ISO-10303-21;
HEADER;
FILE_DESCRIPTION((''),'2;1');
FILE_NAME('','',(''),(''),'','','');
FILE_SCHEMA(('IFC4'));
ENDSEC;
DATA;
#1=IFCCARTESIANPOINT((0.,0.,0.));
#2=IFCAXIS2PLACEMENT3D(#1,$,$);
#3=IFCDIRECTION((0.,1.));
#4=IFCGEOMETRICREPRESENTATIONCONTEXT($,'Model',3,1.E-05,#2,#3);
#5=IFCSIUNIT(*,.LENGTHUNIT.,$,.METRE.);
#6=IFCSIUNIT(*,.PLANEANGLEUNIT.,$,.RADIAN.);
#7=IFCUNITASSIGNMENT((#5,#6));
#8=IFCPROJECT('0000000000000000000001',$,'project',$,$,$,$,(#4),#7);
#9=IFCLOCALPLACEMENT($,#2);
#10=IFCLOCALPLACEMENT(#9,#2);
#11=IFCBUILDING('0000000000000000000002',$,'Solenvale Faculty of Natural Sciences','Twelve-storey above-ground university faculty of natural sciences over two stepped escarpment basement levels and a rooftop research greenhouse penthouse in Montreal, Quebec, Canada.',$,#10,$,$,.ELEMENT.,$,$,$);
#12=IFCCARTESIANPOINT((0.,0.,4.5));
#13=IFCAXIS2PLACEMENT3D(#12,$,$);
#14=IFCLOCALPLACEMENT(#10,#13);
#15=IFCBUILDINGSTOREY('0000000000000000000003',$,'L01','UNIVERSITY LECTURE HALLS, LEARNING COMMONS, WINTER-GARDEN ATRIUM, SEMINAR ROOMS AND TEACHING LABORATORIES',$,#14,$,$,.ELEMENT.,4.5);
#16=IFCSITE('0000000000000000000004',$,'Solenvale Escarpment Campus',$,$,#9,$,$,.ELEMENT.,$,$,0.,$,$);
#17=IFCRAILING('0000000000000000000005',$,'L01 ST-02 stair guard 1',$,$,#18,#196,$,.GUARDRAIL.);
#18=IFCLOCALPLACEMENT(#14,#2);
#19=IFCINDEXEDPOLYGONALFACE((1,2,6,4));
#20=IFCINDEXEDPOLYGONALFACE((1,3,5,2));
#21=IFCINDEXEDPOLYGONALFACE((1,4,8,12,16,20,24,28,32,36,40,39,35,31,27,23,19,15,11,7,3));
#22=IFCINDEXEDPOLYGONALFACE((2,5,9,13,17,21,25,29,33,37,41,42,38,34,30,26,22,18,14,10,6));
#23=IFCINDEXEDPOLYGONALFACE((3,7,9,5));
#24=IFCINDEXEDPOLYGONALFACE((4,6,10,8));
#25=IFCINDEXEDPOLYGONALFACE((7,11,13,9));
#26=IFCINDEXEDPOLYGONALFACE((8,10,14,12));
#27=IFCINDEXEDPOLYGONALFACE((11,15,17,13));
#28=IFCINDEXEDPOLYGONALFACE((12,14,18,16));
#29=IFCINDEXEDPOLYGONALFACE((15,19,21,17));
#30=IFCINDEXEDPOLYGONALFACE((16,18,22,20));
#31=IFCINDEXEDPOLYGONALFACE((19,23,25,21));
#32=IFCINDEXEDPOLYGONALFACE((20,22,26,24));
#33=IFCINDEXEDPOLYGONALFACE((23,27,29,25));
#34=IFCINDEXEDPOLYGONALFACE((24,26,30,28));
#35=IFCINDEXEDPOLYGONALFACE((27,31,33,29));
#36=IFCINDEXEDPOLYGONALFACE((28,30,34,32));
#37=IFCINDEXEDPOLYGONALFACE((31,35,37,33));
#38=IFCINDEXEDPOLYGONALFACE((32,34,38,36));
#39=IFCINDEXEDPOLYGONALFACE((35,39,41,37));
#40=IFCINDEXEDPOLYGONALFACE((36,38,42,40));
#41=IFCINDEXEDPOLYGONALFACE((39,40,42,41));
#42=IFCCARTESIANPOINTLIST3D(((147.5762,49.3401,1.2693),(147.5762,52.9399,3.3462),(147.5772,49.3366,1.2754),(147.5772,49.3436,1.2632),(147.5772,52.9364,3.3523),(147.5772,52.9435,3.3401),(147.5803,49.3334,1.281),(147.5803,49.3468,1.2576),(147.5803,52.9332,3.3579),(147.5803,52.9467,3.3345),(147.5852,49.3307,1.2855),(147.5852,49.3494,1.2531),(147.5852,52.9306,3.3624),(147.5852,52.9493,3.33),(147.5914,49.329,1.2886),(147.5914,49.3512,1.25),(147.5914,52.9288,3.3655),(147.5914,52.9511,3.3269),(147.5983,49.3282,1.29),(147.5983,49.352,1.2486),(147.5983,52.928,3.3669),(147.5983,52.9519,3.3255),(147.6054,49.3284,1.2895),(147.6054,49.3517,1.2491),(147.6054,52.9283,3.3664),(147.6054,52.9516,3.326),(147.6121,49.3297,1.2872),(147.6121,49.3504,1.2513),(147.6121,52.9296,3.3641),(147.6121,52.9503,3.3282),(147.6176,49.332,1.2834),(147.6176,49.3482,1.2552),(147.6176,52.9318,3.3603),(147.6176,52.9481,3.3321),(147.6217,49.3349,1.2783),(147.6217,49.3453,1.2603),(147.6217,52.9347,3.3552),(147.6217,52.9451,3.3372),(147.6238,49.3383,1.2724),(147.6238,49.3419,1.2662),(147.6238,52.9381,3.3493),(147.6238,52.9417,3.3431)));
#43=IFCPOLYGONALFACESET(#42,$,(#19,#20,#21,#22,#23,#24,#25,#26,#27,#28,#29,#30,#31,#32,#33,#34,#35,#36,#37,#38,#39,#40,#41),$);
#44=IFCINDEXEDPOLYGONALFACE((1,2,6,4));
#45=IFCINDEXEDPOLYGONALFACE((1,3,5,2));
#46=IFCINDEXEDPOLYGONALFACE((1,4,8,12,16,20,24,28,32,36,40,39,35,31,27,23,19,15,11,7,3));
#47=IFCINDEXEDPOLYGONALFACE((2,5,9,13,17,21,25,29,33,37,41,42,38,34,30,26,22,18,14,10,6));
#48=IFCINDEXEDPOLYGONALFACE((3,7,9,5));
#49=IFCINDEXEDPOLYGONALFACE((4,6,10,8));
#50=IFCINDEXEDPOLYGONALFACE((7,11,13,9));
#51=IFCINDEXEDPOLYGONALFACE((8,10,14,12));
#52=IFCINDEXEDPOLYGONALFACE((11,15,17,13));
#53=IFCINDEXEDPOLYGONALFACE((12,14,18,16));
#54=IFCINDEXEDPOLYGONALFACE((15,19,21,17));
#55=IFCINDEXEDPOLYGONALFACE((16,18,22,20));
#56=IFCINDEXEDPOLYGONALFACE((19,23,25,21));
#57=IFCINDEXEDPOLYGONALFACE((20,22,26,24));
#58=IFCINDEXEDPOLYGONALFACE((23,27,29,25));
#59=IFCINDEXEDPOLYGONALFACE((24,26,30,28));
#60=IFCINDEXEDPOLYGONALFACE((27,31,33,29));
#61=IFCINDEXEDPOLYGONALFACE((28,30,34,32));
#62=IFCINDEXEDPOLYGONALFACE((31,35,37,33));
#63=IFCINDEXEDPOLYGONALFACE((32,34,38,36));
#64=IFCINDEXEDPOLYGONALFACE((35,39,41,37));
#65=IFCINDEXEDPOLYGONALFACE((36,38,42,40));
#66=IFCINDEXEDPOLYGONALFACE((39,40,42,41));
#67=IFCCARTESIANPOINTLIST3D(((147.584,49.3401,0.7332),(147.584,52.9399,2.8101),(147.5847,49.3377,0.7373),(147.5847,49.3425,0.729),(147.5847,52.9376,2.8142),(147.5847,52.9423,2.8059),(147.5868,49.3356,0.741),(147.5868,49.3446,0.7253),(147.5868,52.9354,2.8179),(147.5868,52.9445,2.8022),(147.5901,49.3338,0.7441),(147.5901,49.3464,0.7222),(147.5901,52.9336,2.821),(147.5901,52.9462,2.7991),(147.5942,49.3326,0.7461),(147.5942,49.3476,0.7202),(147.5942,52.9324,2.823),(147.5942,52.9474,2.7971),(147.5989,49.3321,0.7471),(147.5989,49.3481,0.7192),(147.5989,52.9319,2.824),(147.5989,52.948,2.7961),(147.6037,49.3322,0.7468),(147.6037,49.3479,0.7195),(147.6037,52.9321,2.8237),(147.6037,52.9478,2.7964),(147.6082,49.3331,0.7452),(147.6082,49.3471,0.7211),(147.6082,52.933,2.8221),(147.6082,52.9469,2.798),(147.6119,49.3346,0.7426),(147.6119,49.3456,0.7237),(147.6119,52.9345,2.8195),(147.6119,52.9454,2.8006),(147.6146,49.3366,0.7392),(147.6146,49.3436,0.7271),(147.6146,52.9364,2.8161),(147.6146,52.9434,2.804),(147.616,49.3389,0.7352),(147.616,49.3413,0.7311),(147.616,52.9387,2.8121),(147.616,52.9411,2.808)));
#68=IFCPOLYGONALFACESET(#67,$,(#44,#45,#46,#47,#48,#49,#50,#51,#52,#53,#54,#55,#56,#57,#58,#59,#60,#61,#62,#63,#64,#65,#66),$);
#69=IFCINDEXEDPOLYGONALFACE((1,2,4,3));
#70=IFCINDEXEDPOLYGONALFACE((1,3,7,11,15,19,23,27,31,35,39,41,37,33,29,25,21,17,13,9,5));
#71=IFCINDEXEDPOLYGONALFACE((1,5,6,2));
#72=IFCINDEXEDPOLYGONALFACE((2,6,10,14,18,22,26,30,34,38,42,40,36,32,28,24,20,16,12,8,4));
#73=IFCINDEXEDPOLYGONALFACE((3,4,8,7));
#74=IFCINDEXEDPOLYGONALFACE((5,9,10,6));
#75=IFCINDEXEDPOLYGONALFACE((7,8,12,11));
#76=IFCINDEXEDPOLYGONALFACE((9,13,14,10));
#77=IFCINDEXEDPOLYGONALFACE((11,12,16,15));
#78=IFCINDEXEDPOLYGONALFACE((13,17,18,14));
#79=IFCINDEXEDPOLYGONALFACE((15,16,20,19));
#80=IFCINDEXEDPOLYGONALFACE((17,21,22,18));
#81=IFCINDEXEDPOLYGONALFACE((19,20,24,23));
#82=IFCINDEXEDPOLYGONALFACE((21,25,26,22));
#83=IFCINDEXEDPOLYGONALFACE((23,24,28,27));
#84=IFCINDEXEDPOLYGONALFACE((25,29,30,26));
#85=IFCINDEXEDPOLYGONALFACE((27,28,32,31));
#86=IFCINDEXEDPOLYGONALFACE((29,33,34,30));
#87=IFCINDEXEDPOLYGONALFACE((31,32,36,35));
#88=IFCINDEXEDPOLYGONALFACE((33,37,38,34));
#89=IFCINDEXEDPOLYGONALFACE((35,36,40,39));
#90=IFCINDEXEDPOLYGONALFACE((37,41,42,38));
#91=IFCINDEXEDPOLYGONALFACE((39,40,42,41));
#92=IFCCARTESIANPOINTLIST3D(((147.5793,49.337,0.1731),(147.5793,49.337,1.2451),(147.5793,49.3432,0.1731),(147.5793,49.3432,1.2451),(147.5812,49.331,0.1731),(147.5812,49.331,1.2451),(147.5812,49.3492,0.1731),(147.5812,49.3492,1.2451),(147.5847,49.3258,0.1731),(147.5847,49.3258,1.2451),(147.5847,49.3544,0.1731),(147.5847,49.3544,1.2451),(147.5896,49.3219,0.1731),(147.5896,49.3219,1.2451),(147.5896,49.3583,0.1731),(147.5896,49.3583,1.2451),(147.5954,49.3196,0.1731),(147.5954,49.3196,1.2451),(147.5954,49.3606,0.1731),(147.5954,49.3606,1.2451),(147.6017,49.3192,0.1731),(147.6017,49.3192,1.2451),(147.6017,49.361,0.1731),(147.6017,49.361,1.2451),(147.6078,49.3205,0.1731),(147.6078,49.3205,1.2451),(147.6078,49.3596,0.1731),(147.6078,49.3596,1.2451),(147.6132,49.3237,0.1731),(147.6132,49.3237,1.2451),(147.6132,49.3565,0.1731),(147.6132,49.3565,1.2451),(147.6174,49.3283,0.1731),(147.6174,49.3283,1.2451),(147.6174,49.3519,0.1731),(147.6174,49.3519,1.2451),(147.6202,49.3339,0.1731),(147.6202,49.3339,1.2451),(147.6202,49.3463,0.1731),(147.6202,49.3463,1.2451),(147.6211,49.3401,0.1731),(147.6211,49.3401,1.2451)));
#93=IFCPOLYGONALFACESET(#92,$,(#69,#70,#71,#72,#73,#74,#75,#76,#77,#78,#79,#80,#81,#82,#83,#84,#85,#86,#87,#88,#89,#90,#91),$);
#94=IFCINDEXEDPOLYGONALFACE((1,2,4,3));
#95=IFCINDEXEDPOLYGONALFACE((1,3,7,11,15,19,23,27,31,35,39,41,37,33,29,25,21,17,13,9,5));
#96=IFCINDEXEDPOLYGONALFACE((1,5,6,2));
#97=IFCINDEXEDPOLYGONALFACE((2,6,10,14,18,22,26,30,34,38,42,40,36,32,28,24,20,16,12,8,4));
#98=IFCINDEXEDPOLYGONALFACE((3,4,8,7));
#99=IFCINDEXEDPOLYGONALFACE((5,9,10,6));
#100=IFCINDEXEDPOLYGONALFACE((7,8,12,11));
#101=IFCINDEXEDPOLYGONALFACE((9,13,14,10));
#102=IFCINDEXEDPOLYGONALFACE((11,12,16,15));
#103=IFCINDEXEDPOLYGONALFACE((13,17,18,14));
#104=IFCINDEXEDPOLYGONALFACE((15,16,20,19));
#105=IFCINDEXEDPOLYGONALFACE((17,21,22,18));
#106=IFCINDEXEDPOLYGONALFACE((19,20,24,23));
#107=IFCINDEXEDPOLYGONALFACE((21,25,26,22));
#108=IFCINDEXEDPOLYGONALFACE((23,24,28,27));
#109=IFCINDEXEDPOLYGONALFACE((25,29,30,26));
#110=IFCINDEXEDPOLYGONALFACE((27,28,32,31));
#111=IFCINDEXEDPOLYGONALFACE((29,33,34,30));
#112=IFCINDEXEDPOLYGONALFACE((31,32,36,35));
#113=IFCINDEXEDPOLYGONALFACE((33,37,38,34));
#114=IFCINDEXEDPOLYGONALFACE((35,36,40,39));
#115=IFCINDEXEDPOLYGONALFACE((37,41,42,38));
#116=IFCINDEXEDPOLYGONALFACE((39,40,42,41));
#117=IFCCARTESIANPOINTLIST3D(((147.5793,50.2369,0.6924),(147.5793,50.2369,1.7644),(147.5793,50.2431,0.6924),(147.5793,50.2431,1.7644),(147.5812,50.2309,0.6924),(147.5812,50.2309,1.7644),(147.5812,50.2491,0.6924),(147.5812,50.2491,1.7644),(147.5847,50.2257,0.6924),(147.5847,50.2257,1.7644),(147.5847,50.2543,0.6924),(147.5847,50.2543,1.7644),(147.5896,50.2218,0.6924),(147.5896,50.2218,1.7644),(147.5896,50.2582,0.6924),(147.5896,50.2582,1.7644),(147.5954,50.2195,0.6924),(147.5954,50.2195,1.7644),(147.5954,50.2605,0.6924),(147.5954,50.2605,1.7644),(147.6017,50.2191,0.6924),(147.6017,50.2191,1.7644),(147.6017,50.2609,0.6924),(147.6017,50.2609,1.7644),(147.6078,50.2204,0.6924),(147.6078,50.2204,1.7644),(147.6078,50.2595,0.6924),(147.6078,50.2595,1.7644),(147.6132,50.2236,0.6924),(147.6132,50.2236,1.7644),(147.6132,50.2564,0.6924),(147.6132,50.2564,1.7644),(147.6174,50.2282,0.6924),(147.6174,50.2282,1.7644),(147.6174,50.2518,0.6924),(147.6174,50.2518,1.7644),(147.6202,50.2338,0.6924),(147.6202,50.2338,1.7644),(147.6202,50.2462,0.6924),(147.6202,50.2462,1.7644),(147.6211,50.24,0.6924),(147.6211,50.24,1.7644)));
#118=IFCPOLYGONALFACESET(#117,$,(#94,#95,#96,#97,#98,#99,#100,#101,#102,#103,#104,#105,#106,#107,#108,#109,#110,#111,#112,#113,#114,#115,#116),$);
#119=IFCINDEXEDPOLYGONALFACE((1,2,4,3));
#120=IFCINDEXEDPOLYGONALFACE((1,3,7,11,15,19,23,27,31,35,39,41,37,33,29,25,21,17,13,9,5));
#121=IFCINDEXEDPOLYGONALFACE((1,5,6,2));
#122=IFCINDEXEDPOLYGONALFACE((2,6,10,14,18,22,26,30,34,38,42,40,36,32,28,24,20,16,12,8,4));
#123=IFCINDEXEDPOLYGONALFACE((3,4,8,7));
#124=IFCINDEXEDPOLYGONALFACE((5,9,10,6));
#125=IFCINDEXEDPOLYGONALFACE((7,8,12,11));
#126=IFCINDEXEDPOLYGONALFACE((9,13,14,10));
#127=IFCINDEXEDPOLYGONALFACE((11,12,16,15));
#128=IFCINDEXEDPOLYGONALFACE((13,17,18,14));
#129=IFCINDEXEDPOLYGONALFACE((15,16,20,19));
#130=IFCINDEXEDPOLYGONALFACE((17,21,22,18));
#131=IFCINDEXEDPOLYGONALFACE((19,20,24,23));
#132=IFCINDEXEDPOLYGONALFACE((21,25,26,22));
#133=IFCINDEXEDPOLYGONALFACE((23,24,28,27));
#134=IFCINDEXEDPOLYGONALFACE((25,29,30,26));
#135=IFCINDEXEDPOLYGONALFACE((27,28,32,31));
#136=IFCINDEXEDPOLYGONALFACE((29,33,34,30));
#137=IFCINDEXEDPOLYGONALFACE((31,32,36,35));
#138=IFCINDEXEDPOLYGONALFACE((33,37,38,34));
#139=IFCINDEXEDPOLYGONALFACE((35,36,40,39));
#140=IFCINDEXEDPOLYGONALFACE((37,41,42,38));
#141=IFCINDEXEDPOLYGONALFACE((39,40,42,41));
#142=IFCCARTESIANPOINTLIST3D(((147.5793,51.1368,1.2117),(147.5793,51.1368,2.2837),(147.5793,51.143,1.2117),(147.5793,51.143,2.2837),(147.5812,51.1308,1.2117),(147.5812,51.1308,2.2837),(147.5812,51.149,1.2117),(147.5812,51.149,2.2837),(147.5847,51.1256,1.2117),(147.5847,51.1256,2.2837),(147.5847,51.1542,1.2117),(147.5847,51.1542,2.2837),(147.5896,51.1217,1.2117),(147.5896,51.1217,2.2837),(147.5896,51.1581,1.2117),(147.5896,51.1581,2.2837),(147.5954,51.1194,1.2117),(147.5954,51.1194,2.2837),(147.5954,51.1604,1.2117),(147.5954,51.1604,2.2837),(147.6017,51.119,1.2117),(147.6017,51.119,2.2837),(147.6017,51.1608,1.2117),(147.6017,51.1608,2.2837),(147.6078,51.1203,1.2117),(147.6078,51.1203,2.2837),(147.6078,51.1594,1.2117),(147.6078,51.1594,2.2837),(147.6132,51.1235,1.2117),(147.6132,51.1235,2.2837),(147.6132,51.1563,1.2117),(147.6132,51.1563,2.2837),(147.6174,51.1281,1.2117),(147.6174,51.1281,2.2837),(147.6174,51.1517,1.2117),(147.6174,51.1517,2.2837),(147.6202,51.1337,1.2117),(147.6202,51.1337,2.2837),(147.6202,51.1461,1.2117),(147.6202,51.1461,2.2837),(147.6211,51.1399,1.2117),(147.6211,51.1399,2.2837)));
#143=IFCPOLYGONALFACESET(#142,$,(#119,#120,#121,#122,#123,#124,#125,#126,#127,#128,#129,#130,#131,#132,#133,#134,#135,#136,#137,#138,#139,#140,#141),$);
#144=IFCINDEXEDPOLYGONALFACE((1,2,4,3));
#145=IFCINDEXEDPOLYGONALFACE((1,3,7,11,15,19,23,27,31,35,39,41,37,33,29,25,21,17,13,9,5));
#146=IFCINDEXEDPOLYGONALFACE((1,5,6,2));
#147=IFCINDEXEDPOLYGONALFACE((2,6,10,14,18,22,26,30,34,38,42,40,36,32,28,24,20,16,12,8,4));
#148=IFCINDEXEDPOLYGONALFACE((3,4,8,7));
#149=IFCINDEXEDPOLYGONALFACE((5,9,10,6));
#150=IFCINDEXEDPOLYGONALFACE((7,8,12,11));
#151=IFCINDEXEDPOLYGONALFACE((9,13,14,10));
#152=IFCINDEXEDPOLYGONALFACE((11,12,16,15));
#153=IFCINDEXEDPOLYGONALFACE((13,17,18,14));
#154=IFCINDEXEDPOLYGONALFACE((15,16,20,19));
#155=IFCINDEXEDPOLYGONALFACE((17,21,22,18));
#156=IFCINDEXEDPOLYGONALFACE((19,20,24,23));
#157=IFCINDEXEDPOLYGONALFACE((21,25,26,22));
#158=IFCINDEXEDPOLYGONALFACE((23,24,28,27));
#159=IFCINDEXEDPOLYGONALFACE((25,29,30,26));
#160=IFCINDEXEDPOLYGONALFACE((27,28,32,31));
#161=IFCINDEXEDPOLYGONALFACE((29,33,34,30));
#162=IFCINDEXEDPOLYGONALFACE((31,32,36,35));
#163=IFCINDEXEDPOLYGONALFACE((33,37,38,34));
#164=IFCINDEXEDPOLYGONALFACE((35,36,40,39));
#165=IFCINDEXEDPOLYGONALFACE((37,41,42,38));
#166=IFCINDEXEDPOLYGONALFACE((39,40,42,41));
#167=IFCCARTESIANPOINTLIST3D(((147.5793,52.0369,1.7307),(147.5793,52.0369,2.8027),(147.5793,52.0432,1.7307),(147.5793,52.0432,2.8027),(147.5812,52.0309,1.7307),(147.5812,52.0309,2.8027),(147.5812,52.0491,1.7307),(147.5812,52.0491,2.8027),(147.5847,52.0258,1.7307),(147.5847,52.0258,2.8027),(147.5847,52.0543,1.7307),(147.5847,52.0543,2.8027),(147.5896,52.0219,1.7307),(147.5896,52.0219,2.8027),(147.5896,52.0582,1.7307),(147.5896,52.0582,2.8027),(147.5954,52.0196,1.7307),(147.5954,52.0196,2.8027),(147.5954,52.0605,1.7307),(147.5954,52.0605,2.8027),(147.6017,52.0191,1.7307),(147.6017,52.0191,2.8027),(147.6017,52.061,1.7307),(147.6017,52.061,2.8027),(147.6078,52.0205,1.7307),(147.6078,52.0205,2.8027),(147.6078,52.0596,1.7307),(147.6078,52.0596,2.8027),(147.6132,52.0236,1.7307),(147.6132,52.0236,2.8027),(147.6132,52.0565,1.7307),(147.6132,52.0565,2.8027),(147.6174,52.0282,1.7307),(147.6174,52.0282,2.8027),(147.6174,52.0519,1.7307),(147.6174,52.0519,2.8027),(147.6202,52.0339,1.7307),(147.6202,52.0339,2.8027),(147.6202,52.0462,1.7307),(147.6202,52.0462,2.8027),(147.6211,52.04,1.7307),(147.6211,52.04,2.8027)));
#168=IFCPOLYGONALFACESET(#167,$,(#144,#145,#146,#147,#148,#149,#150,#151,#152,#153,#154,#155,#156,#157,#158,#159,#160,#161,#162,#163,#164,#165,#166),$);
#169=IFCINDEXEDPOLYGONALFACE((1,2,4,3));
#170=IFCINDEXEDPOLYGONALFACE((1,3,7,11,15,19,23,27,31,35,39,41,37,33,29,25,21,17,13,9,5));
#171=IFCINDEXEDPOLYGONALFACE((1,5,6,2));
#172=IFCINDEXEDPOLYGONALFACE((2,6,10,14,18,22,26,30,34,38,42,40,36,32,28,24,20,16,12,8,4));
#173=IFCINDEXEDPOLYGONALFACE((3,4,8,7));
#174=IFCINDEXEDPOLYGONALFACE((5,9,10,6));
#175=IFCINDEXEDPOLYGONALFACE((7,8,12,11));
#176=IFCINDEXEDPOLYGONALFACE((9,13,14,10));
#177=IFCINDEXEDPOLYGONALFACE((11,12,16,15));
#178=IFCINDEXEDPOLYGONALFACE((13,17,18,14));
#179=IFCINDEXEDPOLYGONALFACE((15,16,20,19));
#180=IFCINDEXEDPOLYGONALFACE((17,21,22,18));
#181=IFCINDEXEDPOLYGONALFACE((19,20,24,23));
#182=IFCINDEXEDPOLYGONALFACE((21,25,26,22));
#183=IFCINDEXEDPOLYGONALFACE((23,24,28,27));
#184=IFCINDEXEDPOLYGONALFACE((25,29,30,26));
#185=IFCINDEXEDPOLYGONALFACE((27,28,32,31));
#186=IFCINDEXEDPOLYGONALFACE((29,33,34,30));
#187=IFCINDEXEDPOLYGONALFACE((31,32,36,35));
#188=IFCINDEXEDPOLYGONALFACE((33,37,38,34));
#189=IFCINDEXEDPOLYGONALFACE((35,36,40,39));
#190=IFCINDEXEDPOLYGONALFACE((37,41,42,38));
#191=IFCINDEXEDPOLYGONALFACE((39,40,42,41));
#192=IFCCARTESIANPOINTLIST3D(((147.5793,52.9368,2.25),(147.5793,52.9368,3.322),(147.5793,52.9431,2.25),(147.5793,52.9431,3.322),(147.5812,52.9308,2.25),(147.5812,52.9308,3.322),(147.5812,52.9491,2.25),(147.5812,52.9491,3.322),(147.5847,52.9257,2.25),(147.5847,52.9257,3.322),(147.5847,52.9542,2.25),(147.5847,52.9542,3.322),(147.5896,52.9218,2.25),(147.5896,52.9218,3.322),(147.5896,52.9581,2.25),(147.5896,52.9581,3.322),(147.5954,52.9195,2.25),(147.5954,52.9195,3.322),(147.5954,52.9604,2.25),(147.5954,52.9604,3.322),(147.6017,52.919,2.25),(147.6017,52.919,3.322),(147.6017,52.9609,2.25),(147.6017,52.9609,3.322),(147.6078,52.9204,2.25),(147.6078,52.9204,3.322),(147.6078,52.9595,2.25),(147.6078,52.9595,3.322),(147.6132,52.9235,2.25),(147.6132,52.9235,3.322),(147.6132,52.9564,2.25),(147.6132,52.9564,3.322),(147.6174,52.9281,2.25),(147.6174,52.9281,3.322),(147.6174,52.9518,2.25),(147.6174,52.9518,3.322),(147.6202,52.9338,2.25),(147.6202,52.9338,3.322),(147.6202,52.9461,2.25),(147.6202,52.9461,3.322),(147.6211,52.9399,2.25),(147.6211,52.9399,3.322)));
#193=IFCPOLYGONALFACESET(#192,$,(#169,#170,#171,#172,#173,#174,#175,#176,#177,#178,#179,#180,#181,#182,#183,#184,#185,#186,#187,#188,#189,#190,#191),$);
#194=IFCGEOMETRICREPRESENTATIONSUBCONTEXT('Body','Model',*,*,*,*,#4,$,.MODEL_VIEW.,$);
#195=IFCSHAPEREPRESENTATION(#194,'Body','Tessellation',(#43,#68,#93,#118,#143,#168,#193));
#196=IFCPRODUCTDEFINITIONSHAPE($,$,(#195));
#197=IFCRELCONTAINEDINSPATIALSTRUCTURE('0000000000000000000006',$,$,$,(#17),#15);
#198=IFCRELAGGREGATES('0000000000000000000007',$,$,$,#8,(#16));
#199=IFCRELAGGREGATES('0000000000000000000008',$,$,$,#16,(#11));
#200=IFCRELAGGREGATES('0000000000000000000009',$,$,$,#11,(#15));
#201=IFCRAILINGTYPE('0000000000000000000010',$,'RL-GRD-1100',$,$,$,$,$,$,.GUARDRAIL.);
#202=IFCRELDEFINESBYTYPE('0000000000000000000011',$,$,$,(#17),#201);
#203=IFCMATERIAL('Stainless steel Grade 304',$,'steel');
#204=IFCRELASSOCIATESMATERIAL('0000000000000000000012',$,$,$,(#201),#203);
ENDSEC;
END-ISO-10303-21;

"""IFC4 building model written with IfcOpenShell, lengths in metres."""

from ifc_helpers import new_model, si_unit, direction, frame, origin, origin_2d, place, context, subcontext, project, spatial, circle, extrude, material, type_object, element, save


model = new_model("IFC4")

# Units and contexts
model_context = context("Model", 3, precision=1e-05, world=origin(), true_north=direction((0.0, 1.0)))
body_context = subcontext(model_context, "Body", "Model", "MODEL_VIEW")
ifc_project = project(units=[si_unit("LENGTHUNIT", "METRE"), si_unit("PLANEANGLEUNIT", "RADIAN")], contexts=[model_context])

# Site, building, storey
site_placement = place(None, origin())
site = spatial("IfcSite", under=ifc_project, at=site_placement, Name="Solenvale Escarpment Campus", CompositionType="ELEMENT", RefElevation=0.0)
building_placement = place(site_placement, origin())
building = spatial("IfcBuilding", under=site, at=building_placement, Name="Solenvale Faculty of Natural Sciences", Description="Twelve-storey above-ground university faculty of natural sciences over two stepped escarpment basement levels and a rooftop research greenhouse penthouse in Montreal, Quebec, Canada.", CompositionType="ELEMENT")
storey_placement = place(building_placement, frame((0.0, 0.0, 4.5)))
storey = spatial("IfcBuildingStorey", under=building, at=storey_placement, Name="L01", Description="UNIVERSITY LECTURE HALLS, LEARNING COMMONS, WINTER-GARDEN ATRIUM, SEMINAR ROOMS AND TEACHING LABORATORIES", CompositionType="ELEMENT", Elevation=4.5)

# Railing
ifc_material_1 = material(Name="Stainless steel Grade 304", Category="steel")
railing_type_1 = type_object("IfcRailingType", Name="RL-GRD-1100", PredefinedType="GUARDRAIL", material=ifc_material_1)
railing_1_placement = place(storey_placement, frame((147.6001, 49.3401, 0.1731)))
element("IfcRailing", 1, at=railing_1_placement, inside=storey, type_object=railing_type_1, Name="L01 ST-02 stair guard 1", PredefinedType="GUARDRAIL", context=body_context, shape_type="SweptSolid", body=[
    extrude(circle(Radius=0.0239, at=origin_2d()), frame((0.0, 0.0, 1.0962), z_axis=(0.0, 0.866179, 0.499734), x_axis=(-1.0, 0.0, 0.0)), (0.0, 0.0, 1.0), 4.156),
    extrude(circle(Radius=0.0161, at=origin_2d()), frame((0.0, 0.0, 0.5601), z_axis=(0.0, 0.866179, 0.499734), x_axis=(-1.0, 0.0, 0.0)), (0.0, 0.0, 1.0), 4.156),
    extrude(circle(Radius=0.021, at=origin_2d()), origin(), (0.0, 0.0, 1.0), 1.072),
    extrude(circle(Radius=0.021, at=origin_2d()), frame((0.0, 0.8999, 0.5193)), (0.0, 0.0, 1.0), 1.072),
    extrude(circle(Radius=0.021, at=origin_2d()), frame((0.0, 1.7998, 1.0386)), (0.0, 0.0, 1.0), 1.072),
    extrude(circle(Radius=0.021, at=origin_2d()), frame((0.0, 2.7, 1.5576)), (0.0, 0.0, 1.0), 1.072),
    extrude(circle(Radius=0.021, at=origin_2d()), frame((0.0, 3.5999, 2.0769)), (0.0, 0.0, 1.0), 1.072),
])

save(model, "model.ifc")
